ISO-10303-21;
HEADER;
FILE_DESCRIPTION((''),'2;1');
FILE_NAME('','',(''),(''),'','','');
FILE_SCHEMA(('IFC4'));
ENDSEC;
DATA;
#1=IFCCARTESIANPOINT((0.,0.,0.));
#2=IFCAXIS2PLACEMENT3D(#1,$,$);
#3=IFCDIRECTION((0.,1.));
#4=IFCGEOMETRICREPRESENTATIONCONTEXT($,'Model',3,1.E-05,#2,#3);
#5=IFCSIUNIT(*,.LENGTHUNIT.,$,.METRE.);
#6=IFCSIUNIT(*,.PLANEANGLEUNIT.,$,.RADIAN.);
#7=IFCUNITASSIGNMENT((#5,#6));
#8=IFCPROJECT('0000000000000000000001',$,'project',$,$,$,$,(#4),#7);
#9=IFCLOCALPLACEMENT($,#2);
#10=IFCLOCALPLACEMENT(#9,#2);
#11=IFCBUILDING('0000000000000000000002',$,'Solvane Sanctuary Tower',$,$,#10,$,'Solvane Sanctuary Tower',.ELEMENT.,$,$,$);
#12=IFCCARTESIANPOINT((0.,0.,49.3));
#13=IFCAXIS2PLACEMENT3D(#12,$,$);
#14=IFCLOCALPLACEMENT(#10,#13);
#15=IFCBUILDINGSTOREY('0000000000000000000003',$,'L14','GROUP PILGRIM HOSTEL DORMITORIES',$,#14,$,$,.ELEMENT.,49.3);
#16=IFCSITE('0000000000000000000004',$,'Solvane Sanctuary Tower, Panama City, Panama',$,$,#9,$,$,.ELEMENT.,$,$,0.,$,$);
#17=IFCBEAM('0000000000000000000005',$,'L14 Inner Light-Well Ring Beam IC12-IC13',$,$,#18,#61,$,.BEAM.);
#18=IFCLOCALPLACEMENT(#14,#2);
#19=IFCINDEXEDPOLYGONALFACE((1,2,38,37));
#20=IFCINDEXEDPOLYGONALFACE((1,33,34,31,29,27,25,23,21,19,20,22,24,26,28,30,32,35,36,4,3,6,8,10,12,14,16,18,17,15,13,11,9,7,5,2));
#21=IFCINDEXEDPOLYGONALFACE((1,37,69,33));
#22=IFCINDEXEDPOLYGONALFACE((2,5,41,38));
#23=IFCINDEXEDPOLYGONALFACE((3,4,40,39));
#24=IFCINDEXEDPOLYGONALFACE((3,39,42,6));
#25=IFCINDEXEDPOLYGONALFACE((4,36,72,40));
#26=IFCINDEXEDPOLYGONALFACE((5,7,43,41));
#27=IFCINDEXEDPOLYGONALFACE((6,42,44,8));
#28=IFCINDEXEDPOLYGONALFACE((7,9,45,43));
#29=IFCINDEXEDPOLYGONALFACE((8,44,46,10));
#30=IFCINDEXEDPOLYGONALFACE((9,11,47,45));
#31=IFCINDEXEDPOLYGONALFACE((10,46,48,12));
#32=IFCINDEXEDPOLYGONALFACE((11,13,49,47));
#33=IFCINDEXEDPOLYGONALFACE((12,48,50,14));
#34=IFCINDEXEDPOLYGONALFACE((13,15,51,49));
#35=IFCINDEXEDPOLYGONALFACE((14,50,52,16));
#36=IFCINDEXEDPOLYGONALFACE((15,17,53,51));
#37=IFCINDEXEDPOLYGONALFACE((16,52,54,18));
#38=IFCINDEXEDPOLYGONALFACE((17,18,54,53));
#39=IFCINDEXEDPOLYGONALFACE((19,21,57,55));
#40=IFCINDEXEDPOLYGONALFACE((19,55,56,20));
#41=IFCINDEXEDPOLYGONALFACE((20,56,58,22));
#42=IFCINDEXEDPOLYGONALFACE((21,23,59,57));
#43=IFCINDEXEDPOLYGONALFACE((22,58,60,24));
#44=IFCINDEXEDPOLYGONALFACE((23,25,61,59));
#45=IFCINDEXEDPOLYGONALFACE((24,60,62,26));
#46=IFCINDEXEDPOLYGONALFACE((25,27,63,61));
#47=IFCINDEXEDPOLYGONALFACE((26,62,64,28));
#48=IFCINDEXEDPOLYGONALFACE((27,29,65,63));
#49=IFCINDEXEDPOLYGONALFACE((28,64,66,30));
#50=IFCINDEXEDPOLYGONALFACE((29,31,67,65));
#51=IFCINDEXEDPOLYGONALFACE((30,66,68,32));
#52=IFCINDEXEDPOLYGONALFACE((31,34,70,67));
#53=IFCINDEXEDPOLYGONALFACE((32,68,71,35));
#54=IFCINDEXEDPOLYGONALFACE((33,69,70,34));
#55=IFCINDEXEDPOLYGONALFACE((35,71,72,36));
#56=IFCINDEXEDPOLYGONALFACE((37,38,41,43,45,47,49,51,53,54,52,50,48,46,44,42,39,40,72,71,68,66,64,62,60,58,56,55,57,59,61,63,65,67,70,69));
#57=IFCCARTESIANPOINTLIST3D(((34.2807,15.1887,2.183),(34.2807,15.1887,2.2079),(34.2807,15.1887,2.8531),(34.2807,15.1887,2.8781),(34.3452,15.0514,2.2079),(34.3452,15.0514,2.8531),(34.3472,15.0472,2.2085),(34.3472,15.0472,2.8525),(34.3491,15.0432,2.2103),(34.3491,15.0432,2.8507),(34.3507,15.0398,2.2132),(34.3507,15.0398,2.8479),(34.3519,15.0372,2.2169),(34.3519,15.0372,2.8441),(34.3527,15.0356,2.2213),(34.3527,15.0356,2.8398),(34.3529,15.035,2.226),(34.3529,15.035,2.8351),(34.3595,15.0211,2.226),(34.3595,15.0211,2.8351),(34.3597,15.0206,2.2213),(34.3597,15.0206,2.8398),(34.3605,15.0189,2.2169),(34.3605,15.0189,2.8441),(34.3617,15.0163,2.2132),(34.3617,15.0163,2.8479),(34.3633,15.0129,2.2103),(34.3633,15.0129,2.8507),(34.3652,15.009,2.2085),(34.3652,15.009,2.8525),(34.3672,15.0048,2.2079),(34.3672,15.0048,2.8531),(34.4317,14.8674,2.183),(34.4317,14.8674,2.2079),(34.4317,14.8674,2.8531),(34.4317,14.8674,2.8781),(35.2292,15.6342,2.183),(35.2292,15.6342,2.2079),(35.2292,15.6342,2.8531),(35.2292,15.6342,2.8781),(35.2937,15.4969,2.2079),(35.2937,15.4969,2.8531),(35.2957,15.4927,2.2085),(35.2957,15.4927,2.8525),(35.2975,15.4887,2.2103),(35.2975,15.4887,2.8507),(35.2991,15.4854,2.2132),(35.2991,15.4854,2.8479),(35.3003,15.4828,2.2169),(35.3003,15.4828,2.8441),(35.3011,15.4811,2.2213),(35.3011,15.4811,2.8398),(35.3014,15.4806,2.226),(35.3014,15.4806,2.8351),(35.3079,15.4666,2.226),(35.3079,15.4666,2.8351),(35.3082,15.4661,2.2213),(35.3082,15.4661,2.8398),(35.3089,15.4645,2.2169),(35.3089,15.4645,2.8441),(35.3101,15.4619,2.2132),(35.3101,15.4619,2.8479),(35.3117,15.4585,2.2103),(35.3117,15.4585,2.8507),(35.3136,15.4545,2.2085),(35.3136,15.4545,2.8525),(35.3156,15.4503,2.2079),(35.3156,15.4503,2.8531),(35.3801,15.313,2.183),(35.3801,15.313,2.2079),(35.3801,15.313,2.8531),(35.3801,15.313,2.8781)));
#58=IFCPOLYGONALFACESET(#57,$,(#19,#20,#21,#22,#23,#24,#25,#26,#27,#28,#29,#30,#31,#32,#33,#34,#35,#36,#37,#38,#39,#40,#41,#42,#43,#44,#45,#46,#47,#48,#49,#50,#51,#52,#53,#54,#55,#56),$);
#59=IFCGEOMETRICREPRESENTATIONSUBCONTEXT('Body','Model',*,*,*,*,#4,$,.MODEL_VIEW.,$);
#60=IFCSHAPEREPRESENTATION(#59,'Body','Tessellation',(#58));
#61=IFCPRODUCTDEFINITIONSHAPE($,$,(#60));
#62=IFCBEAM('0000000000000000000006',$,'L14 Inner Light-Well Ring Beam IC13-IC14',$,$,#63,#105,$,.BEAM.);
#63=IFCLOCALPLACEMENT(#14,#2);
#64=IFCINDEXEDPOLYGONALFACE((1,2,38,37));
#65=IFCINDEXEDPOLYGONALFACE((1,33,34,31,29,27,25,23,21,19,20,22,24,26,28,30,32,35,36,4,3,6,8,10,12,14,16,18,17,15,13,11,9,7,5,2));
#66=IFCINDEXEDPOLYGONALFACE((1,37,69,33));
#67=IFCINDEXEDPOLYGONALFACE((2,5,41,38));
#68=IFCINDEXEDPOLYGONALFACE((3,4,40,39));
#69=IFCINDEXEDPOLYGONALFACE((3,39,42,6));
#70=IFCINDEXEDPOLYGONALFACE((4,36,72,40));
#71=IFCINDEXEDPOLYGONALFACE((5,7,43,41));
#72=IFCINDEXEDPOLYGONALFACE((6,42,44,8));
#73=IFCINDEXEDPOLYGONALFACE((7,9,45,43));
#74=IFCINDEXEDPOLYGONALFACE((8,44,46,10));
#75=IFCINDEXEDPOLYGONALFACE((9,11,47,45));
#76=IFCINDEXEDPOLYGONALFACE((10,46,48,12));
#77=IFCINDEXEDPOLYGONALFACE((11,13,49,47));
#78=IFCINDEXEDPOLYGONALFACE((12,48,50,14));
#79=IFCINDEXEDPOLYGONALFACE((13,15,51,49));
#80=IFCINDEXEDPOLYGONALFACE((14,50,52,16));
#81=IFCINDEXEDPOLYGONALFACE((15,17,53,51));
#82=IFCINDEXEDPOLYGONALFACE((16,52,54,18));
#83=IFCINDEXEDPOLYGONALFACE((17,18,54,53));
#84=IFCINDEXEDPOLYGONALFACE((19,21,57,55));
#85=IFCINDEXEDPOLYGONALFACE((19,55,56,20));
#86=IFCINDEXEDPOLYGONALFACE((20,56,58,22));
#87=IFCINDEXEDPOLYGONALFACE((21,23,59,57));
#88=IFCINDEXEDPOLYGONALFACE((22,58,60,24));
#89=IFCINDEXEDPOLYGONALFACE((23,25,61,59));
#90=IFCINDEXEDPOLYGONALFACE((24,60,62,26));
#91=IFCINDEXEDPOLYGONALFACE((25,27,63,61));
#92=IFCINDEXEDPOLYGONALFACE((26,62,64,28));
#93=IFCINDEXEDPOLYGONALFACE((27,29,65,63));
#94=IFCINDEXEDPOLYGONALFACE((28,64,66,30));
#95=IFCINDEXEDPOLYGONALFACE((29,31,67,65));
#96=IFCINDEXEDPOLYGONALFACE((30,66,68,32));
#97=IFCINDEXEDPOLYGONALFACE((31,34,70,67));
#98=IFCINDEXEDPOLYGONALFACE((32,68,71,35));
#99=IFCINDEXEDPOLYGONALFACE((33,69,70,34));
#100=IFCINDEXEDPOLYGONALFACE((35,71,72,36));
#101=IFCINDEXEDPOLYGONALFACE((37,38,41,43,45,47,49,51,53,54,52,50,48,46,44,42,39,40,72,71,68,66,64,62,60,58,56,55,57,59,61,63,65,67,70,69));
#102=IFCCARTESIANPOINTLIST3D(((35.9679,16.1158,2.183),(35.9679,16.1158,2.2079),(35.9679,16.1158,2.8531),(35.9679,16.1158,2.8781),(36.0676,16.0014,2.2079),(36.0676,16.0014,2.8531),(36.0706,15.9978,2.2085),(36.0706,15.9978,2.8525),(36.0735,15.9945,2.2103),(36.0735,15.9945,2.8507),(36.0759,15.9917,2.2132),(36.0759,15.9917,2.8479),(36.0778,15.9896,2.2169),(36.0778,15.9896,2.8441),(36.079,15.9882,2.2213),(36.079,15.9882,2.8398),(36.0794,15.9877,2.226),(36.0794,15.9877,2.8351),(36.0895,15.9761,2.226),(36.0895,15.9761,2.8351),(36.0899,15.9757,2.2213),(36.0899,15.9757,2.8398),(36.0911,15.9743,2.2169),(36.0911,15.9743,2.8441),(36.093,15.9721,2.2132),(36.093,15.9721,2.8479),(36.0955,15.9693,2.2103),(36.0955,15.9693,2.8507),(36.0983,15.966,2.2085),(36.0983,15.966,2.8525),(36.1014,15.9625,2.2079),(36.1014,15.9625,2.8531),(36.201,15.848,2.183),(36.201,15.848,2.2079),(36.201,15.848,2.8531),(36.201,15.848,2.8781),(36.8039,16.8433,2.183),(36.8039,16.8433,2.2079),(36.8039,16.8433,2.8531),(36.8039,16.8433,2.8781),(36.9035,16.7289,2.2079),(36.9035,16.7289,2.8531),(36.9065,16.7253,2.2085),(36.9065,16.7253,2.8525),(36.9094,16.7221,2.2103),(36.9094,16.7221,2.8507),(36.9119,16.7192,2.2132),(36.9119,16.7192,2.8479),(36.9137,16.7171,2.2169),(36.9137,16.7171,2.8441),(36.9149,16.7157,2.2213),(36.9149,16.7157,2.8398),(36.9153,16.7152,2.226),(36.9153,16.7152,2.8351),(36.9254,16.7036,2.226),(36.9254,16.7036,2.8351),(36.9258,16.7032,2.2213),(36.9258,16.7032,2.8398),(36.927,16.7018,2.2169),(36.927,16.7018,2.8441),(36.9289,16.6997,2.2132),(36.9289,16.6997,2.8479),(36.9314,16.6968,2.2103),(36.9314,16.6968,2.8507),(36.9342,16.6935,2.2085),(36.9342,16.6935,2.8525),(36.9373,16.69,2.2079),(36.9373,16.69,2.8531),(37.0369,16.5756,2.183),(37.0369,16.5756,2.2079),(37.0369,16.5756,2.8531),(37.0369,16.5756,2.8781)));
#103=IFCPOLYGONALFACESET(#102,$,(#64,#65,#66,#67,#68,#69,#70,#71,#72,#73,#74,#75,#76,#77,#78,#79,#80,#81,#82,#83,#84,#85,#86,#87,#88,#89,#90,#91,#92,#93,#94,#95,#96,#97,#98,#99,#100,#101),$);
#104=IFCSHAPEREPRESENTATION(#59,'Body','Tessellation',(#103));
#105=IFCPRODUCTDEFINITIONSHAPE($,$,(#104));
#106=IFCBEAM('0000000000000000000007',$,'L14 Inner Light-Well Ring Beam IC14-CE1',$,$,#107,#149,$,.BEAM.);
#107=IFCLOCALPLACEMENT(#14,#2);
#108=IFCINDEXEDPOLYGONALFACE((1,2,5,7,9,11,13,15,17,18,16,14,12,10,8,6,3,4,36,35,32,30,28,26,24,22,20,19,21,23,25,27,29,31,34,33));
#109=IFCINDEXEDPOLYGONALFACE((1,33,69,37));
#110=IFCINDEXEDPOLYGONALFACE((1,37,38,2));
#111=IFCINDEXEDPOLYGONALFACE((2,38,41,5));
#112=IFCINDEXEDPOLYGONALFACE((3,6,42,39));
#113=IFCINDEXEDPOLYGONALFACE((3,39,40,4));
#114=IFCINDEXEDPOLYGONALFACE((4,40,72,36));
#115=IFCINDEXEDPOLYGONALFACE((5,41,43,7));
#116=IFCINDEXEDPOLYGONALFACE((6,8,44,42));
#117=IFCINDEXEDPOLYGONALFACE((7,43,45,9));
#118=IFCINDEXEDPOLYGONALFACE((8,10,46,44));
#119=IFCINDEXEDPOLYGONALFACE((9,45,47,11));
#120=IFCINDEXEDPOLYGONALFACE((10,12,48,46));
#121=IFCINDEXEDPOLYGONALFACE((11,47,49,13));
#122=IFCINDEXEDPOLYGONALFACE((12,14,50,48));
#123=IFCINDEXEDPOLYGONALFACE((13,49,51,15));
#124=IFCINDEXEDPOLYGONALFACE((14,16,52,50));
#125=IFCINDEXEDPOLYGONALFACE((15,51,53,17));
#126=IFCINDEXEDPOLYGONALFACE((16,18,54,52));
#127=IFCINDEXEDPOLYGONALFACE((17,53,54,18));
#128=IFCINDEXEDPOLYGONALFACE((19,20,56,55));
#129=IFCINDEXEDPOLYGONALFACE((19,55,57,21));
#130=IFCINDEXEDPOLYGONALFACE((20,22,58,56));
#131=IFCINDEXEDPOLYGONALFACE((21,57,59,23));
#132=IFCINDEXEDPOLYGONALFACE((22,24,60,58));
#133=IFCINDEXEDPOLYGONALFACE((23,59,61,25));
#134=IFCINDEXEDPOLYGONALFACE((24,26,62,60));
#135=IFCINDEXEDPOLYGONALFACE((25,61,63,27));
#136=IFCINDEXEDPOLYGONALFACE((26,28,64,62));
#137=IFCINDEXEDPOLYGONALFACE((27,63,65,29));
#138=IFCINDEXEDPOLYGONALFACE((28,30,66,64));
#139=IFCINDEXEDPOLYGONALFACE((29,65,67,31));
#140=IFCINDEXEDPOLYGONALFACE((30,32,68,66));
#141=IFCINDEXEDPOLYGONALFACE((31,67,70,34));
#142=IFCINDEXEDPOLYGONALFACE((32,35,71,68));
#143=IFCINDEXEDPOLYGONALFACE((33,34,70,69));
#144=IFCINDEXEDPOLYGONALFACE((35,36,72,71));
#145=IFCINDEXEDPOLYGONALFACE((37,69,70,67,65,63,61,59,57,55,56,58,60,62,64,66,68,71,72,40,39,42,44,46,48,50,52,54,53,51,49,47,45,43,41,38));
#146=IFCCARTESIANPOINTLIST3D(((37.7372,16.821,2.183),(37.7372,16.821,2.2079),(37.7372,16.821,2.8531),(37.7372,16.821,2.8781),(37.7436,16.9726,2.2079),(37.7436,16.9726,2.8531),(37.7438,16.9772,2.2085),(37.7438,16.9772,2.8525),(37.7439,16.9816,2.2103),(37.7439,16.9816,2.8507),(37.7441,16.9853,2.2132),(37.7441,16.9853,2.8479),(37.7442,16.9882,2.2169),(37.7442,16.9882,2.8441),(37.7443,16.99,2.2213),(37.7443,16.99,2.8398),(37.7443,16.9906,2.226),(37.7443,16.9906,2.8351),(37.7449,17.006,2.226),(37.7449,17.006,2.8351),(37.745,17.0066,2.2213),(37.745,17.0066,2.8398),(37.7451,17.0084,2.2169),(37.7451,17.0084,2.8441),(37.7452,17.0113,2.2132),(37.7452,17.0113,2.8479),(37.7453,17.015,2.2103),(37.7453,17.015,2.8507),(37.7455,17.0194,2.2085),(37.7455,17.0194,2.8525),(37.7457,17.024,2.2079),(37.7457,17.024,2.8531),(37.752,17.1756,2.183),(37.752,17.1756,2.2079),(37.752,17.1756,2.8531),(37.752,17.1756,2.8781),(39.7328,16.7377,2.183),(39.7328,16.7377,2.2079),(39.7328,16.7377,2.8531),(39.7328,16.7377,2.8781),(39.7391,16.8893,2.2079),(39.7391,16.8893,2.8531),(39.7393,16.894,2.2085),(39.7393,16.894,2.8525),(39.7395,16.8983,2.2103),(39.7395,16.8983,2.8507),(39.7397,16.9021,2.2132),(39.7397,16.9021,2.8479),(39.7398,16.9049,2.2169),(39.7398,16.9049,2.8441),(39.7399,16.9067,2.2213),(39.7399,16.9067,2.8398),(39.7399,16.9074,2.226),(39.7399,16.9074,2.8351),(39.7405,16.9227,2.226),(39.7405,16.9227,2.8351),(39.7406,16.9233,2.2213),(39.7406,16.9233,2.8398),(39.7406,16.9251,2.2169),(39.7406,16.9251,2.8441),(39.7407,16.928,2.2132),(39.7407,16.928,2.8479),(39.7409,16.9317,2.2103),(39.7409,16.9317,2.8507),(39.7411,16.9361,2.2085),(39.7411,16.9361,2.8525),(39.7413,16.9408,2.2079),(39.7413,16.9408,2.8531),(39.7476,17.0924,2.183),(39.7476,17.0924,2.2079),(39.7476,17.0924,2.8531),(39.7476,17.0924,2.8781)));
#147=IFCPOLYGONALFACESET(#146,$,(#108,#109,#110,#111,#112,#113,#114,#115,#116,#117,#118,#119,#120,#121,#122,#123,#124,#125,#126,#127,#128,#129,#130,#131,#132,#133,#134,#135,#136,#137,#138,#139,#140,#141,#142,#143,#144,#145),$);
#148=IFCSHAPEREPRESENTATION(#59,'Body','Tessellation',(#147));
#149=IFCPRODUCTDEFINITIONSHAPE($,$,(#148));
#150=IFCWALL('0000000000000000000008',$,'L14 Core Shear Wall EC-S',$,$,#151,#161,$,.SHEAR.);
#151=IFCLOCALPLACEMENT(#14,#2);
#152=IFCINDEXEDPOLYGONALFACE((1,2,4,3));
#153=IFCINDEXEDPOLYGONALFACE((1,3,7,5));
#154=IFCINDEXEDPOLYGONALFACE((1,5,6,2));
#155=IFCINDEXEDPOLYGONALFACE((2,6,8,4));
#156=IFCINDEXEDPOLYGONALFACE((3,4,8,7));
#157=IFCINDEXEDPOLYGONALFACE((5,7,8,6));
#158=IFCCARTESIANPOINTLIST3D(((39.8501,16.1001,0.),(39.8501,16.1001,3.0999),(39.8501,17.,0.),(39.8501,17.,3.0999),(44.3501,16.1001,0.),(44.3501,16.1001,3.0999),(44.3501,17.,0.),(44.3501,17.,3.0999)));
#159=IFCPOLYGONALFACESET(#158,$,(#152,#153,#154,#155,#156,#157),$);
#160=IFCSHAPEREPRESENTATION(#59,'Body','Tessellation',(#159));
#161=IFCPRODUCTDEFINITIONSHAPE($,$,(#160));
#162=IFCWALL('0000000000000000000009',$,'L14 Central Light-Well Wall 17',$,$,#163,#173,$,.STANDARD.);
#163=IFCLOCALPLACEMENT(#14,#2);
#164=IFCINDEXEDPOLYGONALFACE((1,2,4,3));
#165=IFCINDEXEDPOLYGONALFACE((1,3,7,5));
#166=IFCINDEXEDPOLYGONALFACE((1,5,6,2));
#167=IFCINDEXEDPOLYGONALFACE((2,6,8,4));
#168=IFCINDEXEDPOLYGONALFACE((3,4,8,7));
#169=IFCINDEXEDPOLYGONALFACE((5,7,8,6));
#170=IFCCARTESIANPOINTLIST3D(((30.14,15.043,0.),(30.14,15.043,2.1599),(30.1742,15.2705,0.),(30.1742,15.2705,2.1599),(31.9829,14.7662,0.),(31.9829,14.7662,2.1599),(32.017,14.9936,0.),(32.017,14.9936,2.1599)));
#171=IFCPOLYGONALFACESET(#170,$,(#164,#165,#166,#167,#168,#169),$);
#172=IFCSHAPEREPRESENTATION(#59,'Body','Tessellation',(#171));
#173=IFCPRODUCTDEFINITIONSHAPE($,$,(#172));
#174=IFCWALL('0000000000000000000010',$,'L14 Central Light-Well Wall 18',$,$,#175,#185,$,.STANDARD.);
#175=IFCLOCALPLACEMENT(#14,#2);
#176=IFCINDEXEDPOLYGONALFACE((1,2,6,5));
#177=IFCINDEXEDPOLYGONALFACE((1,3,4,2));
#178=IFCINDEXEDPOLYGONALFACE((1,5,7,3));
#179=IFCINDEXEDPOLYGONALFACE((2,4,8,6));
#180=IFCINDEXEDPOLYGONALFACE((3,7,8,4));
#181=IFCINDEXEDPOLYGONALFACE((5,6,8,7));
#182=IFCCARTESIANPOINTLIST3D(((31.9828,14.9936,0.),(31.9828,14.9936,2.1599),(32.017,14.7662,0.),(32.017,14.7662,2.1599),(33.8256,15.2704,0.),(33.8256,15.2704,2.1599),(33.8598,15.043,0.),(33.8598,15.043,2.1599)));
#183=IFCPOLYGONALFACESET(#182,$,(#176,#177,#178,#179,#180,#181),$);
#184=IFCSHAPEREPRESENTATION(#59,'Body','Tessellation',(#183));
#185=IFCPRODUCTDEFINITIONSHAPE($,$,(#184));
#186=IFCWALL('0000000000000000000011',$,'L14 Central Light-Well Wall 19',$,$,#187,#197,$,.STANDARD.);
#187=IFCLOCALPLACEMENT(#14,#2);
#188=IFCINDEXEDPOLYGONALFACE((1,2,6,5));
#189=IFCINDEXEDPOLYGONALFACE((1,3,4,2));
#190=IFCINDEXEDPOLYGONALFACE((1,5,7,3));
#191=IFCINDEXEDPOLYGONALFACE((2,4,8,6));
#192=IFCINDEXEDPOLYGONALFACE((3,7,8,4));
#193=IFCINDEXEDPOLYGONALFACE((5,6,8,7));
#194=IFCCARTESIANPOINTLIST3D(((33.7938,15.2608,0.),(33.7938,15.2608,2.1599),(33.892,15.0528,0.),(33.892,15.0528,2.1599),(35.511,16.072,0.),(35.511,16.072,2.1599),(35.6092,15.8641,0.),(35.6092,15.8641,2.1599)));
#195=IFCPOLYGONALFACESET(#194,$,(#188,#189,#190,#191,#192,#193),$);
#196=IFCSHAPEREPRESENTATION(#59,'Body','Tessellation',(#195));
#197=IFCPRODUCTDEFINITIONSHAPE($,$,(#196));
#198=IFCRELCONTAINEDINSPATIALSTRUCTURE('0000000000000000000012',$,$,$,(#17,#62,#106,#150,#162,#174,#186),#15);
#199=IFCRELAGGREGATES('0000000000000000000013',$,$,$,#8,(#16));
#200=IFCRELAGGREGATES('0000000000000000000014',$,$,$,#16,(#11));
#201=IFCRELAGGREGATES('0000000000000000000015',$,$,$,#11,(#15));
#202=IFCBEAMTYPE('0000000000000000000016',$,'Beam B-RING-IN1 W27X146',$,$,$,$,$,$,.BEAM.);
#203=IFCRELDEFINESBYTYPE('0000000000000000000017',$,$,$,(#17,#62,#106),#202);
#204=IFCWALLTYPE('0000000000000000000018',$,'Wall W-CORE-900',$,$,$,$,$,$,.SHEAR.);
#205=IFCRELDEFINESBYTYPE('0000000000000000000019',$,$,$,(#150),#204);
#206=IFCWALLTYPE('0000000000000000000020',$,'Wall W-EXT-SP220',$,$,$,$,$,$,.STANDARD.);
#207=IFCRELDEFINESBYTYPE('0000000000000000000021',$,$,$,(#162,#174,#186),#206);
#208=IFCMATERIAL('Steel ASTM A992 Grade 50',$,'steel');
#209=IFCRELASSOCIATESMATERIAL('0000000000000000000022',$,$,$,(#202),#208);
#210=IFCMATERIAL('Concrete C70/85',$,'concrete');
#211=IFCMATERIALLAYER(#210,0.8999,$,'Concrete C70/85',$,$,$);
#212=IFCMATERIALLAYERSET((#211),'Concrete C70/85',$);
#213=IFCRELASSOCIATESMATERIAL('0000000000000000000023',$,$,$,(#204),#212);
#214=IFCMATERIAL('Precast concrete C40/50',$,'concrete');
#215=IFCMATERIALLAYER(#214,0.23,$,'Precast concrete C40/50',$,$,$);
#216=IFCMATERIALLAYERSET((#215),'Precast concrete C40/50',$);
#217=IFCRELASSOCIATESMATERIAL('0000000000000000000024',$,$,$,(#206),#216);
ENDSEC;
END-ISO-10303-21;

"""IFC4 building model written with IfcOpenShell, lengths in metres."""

from ifc_helpers import new_model, si_unit, direction, frame, frame_2d, origin, origin_2d, place, context, subcontext, project, spatial, rectangle, i_section, extrude, material, layer, layer_set, material_profile, profile_set, type_object, element, save


model = new_model("IFC4")

# Units and contexts
model_context = context("Model", 3, precision=1e-05, world=origin(), true_north=direction((0.0, 1.0)))
body_context = subcontext(model_context, "Body", "Model", "MODEL_VIEW")
ifc_project = project(units=[si_unit("LENGTHUNIT", "METRE"), si_unit("PLANEANGLEUNIT", "RADIAN")], contexts=[model_context])

# Site, building, storey
site_placement = place(None, origin())
site = spatial("IfcSite", under=ifc_project, at=site_placement, Name="Solvane Sanctuary Tower, Panama City, Panama", CompositionType="ELEMENT", RefElevation=0.0)
building_placement = place(site_placement, origin())
building = spatial("IfcBuilding", under=site, at=building_placement, Name="Solvane Sanctuary Tower", LongName="Solvane Sanctuary Tower", CompositionType="ELEMENT")
storey_placement = place(building_placement, frame((0.0, 0.0, 49.3)))
storey = spatial("IfcBuildingStorey", under=building, at=storey_placement, Name="L14", Description="GROUP PILGRIM HOSTEL DORMITORIES", CompositionType="ELEMENT", Elevation=49.3)

# Shared definitions
ifc_material_1 = material(Name="Concrete C70/85", Category="concrete")

# Beams
ifc_material_2 = material(Name="Steel ASTM A992 Grade 50", Category="steel")
ifc_material_profile_1 = material_profile(ifc_material_2, i_section(OverallWidth=0.355, OverallDepth=0.6951, WebThickness=0.0154, FlangeThickness=0.0249, FilletRadius=0.0181, at=origin_2d()), Name="W27X146")
ifc_profile_set_1 = profile_set([ifc_material_profile_1], Name="Steel ASTM A992 Grade 50")
beam_type_1 = type_object("IfcBeamType", Name="Beam B-RING-IN1 W27X146", PredefinedType="BEAM", material=ifc_profile_set_1)
beam_1_placement = place(storey_placement, frame((34.3562, 15.0281, 2.5305), z_axis=(0.905109, 0.42518, 0.0), x_axis=(-0.42518, 0.905109, 0.0)))
element("IfcBeam", 1, at=beam_1_placement, inside=storey, type_object=beam_type_1, Name="L14 Inner Light-Well Ring Beam IC12-IC13", PredefinedType="BEAM", context=body_context, shape_type="SweptSolid", body=[
    extrude(i_section(OverallWidth=0.355, OverallDepth=0.6951, WebThickness=0.0154, FlangeThickness=0.0249, FilletRadius=0.0181, at=origin_2d()), origin(), (0.0, 0.0, 1.0), 1.0479),
])
beam_2_placement = place(storey_placement, frame((36.0845, 15.9819, 2.5305), z_axis=(0.754321, 0.656506, 0.0), x_axis=(-0.656506, 0.754321, 0.0)))
element("IfcBeam", 2, at=beam_2_placement, inside=storey, type_object=beam_type_1, Name="L14 Inner Light-Well Ring Beam IC13-IC14", PredefinedType="BEAM", context=body_context, shape_type="SweptSolid", body=[
    extrude(i_section(OverallWidth=0.355, OverallDepth=0.6951, WebThickness=0.0154, FlangeThickness=0.0249, FilletRadius=0.0181, at=origin_2d()), origin(), (0.0, 0.0, 1.0), 1.1082),
])
beam_3_placement = place(storey_placement, frame((37.7446, 16.9983, 2.5305), z_axis=(0.999131, -0.041681, 0.0), x_axis=(0.041681, 0.999131, 0.0)))
element("IfcBeam", 3, at=beam_3_placement, inside=storey, type_object=beam_type_1, Name="L14 Inner Light-Well Ring Beam IC14-CE1", PredefinedType="BEAM", context=body_context, shape_type="SweptSolid", body=[
    extrude(i_section(OverallWidth=0.355, OverallDepth=0.6951, WebThickness=0.0154, FlangeThickness=0.0249, FilletRadius=0.0181, at=origin_2d()), origin(), (0.0, 0.0, 1.0), 1.9973),
])

# Walls
ifc_layer_1 = layer(ifc_material_1, 0.8999, Name="Concrete C70/85")
ifc_layer_set_1 = layer_set([ifc_layer_1], Name="Concrete C70/85")
wall_type_1 = type_object("IfcWallType", Name="Wall W-CORE-900", PredefinedType="SHEAR", material=ifc_layer_set_1)
wall_1_placement = place(storey_placement, frame((39.8501, 16.55, 0.0), z_axis=(0.0, 0.0, 1.0), x_axis=(1.0, 0.0, 0.0)))
element("IfcWall", 4, at=wall_1_placement, inside=storey, type_object=wall_type_1, Name="L14 Core Shear Wall EC-S", PredefinedType="SHEAR", context=body_context, shape_type="SweptSolid", body=[
    extrude(rectangle(XDim=4.5, YDim=0.8999, at=frame_2d((2.25, 0.0))), origin(), (0.0, 0.0, 1.0), 3.0999),
])
ifc_material_3 = material(Name="Precast concrete C40/50", Category="concrete")
ifc_layer_2 = layer(ifc_material_3, 0.23, Name="Precast concrete C40/50")
ifc_layer_set_2 = layer_set([ifc_layer_2], Name="Precast concrete C40/50")
wall_type_2 = type_object("IfcWallType", Name="Wall W-EXT-SP220", PredefinedType="STANDARD", material=ifc_layer_set_2)
for number, where, z_axis, x_axis, name in (
    (5, (30.1572, 15.1567, 0.0), (0.0, 0.0, 1.0), (0.988902, -0.148571, 0.0), "L14 Central Light-Well Wall 17"),
    (6, (32.0, 14.8799, 0.0), (0.0, 0.0, 1.0), (0.988902, 0.148571, 0.0), "L14 Central Light-Well Wall 18"),
):
    element("IfcWall", number, at=place(storey_placement, frame(where, z_axis=z_axis, x_axis=x_axis)), inside=storey, type_object=wall_type_2, Name=name, PredefinedType="STANDARD", context=body_context, shape_type="SweptSolid", body=[
        extrude(rectangle(XDim=1.8635, YDim=0.23, at=frame_2d((0.9316, 0.0))), origin(), (0.0, 0.0, 1.0), 2.1599),
    ])
wall_2_placement = place(storey_placement, frame((33.8428, 15.1567, 0.0), z_axis=(0.0, 0.0, 1.0), x_axis=(0.90418, 0.427152, 0.0)))
element("IfcWall", 7, at=wall_2_placement, inside=storey, type_object=wall_type_2, Name="L14 Central Light-Well Wall 19", PredefinedType="STANDARD", context=body_context, shape_type="SweptSolid", body=[
    extrude(rectangle(XDim=1.8992, YDim=0.23, at=frame_2d((0.9497, 0.0))), origin(), (0.0, 0.0, 1.0), 2.1599),
])

save(model, "model.ifc")
